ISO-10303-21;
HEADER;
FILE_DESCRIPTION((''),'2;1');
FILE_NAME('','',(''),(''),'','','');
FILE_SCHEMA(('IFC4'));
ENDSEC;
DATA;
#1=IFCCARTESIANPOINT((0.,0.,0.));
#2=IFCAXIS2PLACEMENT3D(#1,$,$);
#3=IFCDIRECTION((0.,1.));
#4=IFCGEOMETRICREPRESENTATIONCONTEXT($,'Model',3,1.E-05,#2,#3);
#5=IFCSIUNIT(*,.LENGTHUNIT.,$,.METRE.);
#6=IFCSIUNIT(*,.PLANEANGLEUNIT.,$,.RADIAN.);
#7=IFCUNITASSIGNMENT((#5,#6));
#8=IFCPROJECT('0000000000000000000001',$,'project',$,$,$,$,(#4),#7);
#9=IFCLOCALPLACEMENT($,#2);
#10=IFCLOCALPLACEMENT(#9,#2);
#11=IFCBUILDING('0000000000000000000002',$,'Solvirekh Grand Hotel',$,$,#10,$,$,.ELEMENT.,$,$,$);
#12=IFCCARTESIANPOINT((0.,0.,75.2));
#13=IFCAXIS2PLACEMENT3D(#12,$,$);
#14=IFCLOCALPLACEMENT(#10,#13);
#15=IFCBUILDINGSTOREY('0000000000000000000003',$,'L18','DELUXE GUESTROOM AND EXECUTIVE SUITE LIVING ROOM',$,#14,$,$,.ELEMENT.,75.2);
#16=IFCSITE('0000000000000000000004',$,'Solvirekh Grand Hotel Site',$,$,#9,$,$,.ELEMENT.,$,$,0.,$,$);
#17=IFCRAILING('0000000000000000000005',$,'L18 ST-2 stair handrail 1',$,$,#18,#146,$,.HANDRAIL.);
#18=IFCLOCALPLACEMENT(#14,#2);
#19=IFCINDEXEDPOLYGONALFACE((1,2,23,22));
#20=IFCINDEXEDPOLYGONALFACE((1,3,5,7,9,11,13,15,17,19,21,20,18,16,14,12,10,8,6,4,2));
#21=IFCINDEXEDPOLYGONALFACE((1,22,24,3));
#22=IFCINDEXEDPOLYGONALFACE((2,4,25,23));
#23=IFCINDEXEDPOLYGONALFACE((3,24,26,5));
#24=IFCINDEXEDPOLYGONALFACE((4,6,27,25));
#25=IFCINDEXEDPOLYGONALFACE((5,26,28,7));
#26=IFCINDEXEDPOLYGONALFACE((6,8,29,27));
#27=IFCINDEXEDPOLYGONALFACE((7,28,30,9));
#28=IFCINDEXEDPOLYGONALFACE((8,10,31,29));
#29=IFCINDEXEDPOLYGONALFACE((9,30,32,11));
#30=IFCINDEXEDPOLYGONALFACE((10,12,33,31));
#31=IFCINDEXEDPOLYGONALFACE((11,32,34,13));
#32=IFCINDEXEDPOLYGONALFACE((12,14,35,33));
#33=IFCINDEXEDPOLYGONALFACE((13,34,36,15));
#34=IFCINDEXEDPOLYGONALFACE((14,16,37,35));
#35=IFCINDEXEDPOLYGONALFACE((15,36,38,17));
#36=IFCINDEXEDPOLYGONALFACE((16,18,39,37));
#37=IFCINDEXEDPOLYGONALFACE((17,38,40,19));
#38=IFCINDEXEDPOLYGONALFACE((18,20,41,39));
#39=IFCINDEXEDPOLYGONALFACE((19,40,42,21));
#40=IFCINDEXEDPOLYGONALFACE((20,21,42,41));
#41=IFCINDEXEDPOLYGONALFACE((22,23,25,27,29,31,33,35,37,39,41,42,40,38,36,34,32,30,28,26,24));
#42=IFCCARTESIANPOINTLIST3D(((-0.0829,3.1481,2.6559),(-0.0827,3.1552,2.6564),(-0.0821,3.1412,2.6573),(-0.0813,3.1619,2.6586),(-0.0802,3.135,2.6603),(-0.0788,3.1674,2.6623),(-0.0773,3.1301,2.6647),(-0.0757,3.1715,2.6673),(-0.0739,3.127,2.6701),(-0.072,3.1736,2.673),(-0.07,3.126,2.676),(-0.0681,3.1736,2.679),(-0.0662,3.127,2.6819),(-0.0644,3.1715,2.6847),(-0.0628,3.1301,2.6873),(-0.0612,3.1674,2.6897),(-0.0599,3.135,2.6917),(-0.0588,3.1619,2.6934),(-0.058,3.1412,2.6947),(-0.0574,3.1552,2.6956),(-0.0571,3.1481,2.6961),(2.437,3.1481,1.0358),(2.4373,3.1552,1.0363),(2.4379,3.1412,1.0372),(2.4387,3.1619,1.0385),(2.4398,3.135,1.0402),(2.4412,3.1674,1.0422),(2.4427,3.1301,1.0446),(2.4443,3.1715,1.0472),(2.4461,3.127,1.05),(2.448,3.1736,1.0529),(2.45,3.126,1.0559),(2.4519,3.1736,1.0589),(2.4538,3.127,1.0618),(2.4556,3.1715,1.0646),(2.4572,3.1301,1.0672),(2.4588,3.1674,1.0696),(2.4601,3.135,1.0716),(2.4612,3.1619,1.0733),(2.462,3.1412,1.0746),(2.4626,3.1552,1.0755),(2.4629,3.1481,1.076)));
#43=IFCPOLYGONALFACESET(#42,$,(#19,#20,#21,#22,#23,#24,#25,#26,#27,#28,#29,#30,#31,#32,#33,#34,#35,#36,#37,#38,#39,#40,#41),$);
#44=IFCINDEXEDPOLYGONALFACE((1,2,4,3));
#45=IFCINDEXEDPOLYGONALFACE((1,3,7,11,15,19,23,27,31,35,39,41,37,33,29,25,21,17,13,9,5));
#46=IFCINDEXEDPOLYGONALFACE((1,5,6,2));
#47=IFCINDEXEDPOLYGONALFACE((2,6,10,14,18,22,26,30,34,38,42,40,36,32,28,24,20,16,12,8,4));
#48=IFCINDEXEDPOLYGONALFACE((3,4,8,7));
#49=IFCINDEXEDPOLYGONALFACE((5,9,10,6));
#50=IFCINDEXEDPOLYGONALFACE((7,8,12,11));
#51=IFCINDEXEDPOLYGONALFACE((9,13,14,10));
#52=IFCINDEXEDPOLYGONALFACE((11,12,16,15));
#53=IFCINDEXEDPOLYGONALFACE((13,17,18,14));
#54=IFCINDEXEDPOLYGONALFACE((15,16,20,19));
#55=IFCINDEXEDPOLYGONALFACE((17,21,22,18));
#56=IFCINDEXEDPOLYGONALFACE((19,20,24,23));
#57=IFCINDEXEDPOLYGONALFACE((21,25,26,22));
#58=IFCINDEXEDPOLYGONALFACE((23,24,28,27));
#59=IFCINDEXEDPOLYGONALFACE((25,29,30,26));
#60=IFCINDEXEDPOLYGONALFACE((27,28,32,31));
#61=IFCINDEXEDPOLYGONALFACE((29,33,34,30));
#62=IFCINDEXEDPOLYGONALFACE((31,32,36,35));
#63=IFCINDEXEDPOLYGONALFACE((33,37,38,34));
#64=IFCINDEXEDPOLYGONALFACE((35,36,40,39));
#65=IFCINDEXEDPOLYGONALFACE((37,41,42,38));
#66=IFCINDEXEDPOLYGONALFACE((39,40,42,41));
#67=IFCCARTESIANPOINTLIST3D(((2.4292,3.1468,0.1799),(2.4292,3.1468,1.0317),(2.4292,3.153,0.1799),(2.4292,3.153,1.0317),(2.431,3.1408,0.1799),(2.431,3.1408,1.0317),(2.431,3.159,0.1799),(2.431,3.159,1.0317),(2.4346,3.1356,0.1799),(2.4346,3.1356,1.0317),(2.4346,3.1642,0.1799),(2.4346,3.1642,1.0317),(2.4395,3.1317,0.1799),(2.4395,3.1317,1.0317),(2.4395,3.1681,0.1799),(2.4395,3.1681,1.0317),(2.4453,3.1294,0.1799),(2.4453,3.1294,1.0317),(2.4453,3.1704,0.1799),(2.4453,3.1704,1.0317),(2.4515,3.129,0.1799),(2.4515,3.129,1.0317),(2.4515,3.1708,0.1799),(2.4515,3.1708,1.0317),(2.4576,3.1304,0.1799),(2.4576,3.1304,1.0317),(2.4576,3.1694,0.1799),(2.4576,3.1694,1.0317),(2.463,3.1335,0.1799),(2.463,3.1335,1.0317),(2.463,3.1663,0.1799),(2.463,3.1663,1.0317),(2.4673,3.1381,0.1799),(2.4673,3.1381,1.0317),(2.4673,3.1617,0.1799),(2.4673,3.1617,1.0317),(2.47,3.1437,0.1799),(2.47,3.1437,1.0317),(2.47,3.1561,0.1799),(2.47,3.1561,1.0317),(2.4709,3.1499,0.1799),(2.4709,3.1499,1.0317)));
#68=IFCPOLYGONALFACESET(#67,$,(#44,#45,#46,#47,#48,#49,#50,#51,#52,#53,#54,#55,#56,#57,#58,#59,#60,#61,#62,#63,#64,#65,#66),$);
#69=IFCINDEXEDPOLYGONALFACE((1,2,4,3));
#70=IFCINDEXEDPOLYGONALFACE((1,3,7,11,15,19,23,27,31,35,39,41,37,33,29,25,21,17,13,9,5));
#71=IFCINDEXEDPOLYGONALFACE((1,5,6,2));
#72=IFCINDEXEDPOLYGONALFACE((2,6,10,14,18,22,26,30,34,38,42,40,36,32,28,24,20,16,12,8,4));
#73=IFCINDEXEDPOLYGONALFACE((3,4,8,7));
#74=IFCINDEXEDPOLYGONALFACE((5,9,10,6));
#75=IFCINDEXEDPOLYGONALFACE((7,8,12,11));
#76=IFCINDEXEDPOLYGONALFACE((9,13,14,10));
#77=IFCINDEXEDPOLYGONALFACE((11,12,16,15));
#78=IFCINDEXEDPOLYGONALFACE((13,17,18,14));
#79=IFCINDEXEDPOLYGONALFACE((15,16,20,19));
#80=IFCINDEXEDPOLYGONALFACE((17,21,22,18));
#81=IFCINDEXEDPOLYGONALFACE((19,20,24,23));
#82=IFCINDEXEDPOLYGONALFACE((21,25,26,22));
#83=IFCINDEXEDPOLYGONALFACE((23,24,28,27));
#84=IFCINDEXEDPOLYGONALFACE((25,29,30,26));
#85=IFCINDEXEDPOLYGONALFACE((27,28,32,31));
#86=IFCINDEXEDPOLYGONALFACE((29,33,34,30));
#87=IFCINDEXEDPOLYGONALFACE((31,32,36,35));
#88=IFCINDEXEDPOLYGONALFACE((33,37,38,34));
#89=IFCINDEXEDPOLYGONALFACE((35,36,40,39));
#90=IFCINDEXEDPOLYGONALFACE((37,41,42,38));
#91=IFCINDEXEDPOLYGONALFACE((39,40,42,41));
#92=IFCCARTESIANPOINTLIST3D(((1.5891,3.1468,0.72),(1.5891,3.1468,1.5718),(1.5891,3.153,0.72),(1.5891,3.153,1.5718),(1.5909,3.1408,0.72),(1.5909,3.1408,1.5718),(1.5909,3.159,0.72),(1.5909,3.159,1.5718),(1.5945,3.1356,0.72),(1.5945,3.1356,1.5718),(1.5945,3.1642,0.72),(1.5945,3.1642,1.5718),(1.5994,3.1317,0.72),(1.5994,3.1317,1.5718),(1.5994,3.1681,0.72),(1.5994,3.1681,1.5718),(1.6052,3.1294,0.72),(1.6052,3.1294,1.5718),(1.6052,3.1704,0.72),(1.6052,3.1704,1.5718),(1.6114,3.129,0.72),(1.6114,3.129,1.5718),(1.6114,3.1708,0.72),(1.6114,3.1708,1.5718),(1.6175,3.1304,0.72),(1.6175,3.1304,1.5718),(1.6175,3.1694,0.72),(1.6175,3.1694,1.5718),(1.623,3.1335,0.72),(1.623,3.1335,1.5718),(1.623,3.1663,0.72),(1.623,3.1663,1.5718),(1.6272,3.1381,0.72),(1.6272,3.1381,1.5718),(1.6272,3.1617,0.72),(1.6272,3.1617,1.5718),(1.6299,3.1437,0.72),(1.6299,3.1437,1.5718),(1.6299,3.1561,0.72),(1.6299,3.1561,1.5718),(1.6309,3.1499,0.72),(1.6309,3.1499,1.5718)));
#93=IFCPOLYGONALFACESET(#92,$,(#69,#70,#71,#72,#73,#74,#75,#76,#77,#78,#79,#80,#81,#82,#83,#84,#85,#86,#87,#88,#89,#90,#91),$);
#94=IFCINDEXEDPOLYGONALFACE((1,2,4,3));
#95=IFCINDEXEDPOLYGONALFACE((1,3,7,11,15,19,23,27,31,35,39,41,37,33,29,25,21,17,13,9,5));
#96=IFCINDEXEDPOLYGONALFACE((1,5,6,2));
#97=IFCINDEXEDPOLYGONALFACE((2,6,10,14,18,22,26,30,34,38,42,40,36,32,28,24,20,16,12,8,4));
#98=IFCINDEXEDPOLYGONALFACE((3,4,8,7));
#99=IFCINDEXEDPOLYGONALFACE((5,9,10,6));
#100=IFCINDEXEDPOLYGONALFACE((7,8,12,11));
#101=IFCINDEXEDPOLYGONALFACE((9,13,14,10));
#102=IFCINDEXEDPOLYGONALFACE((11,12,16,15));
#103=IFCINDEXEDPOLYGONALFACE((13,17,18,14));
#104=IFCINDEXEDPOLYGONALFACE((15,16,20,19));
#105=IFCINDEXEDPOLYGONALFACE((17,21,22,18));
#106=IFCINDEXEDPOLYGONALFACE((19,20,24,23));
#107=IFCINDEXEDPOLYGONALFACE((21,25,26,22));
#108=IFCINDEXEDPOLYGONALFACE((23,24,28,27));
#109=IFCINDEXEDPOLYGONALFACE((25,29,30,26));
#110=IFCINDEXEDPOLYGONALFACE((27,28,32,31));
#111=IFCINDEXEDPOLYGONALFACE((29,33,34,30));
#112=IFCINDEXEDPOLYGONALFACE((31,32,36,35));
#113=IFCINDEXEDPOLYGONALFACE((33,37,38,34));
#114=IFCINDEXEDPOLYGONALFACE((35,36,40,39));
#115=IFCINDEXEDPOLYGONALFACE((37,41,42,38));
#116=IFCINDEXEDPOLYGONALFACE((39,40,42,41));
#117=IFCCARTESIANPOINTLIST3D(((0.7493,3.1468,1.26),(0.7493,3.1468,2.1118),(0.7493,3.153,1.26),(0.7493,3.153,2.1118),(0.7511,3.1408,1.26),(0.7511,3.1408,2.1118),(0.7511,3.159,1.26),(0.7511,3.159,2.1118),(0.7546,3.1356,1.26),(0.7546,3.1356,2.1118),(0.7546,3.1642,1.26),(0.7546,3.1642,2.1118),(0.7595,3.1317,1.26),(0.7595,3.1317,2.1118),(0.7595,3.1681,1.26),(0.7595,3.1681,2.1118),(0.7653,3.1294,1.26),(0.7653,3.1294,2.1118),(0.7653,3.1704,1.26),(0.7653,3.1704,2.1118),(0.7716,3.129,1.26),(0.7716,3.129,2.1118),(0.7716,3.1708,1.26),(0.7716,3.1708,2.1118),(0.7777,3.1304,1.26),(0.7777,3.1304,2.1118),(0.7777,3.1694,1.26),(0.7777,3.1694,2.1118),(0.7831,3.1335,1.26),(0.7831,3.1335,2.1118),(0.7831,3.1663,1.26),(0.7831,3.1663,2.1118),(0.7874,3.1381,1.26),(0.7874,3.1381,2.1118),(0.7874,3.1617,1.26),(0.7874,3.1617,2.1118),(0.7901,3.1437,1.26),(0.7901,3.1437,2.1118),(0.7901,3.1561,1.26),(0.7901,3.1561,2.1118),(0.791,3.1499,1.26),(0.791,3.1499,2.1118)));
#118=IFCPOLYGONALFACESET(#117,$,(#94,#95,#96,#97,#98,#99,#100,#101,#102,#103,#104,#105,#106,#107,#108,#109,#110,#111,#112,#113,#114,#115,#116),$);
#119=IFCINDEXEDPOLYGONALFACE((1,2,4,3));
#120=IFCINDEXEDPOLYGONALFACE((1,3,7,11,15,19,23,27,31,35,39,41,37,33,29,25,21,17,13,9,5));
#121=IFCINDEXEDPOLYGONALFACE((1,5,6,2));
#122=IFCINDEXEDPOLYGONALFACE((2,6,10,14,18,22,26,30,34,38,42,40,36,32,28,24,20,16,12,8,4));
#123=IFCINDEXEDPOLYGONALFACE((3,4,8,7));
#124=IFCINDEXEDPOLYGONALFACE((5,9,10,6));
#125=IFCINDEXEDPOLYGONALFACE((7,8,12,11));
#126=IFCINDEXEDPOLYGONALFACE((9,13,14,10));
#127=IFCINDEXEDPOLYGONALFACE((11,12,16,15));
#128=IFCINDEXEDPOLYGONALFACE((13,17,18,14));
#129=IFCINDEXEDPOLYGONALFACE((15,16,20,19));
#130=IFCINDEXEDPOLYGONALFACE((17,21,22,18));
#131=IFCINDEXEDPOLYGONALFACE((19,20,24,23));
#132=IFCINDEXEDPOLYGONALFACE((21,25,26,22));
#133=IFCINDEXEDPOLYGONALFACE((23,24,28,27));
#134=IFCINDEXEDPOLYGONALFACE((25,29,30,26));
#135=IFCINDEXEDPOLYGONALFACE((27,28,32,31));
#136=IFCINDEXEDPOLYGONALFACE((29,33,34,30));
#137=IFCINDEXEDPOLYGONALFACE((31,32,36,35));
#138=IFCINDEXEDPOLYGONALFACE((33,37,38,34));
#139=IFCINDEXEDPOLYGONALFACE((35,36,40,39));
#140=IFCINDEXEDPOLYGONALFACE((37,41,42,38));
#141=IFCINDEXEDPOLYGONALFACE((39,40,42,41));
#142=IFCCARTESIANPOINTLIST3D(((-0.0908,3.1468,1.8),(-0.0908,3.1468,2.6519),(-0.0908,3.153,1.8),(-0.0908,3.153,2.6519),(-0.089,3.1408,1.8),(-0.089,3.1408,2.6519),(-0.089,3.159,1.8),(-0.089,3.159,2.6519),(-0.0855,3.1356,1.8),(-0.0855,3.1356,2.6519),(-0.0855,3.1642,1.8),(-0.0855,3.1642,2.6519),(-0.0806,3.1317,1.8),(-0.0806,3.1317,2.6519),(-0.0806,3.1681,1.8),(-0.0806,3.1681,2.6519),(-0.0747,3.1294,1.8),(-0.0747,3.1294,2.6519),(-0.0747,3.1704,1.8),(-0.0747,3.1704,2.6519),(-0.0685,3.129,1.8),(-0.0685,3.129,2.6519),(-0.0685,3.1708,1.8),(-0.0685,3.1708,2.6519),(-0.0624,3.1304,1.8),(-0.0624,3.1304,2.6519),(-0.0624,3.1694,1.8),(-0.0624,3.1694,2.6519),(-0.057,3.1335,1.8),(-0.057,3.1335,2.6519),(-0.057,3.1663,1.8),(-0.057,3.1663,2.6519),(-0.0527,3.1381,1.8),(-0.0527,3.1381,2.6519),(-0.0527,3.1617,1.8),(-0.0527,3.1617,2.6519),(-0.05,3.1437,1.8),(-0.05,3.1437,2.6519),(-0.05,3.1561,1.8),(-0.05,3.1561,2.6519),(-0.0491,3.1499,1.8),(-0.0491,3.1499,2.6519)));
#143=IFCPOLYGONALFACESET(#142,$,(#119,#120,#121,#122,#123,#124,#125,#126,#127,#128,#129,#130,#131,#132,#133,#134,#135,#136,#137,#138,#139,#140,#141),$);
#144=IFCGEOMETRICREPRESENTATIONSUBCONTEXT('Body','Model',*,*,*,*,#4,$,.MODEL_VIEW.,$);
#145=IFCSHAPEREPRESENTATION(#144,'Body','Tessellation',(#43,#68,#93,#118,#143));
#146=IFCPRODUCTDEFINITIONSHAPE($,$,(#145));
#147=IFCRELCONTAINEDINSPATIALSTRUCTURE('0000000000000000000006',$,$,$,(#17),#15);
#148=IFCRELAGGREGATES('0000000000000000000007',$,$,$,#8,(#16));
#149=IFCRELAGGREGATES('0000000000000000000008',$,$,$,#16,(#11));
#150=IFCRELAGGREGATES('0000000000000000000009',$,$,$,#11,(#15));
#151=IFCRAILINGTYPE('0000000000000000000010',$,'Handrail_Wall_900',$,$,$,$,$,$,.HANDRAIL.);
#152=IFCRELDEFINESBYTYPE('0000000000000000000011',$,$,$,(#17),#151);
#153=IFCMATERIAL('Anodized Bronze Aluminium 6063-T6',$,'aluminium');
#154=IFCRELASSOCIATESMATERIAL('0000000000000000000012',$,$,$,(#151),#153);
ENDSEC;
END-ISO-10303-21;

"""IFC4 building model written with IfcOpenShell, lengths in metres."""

from ifc_helpers import new_model, si_unit, direction, frame, origin, origin_2d, place, context, subcontext, project, spatial, circle, extrude, material, type_object, element, save


model = new_model("IFC4")

# Units and contexts
model_context = context("Model", 3, precision=1e-05, world=origin(), true_north=direction((0.0, 1.0)))
body_context = subcontext(model_context, "Body", "Model", "MODEL_VIEW")
ifc_project = project(units=[si_unit("LENGTHUNIT", "METRE"), si_unit("PLANEANGLEUNIT", "RADIAN")], contexts=[model_context])

# Site, building, storey
site_placement = place(None, origin())
site = spatial("IfcSite", under=ifc_project, at=site_placement, Name="Solvirekh Grand Hotel Site", CompositionType="ELEMENT", RefElevation=0.0)
building_placement = place(site_placement, origin())
building = spatial("IfcBuilding", under=site, at=building_placement, Name="Solvirekh Grand Hotel", CompositionType="ELEMENT")
storey_placement = place(building_placement, frame((0.0, 0.0, 75.2)))
storey = spatial("IfcBuildingStorey", under=building, at=storey_placement, Name="L18", Description="DELUXE GUESTROOM AND EXECUTIVE SUITE LIVING ROOM", CompositionType="ELEMENT", Elevation=75.2)

# Shared definitions
ifc_material_1 = material(Name="Anodized Bronze Aluminium 6063-T6", Category="aluminium")

# Railing
railing_type_1 = type_object("IfcRailingType", Name="Handrail_Wall_900", PredefinedType="HANDRAIL", material=ifc_material_1)
railing_1_placement = place(storey_placement, frame((2.45, 3.1499, 0.1799)))
element("IfcRailing", 1, at=railing_1_placement, inside=storey, type_object=railing_type_1, Name="L18 ST-2 stair handrail 1", PredefinedType="HANDRAIL", context=body_context, shape_type="SweptSolid", body=[
    extrude(circle(Radius=0.0239, at=origin_2d()), frame((0.0, 0.0, 0.876), z_axis=(-0.841163, 0.0, 0.540782), x_axis=(0.0, -1.0, 0.0)), (0.0, 0.0, 1.0), 2.9958),
    extrude(circle(Radius=0.021, at=origin_2d()), origin(), (0.0, 0.0, 1.0), 0.8518),
    extrude(circle(Radius=0.021, at=origin_2d()), frame((-0.8401, 0.0, 0.54)), (0.0, 0.0, 1.0), 0.8518),
    extrude(circle(Radius=0.021, at=origin_2d()), frame((-1.6799, 0.0, 1.0801)), (0.0, 0.0, 1.0), 0.8518),
    extrude(circle(Radius=0.021, at=origin_2d()), frame((-2.52, 0.0, 1.6201)), (0.0, 0.0, 1.0), 0.8518),
])

save(model, "model.ifc")
